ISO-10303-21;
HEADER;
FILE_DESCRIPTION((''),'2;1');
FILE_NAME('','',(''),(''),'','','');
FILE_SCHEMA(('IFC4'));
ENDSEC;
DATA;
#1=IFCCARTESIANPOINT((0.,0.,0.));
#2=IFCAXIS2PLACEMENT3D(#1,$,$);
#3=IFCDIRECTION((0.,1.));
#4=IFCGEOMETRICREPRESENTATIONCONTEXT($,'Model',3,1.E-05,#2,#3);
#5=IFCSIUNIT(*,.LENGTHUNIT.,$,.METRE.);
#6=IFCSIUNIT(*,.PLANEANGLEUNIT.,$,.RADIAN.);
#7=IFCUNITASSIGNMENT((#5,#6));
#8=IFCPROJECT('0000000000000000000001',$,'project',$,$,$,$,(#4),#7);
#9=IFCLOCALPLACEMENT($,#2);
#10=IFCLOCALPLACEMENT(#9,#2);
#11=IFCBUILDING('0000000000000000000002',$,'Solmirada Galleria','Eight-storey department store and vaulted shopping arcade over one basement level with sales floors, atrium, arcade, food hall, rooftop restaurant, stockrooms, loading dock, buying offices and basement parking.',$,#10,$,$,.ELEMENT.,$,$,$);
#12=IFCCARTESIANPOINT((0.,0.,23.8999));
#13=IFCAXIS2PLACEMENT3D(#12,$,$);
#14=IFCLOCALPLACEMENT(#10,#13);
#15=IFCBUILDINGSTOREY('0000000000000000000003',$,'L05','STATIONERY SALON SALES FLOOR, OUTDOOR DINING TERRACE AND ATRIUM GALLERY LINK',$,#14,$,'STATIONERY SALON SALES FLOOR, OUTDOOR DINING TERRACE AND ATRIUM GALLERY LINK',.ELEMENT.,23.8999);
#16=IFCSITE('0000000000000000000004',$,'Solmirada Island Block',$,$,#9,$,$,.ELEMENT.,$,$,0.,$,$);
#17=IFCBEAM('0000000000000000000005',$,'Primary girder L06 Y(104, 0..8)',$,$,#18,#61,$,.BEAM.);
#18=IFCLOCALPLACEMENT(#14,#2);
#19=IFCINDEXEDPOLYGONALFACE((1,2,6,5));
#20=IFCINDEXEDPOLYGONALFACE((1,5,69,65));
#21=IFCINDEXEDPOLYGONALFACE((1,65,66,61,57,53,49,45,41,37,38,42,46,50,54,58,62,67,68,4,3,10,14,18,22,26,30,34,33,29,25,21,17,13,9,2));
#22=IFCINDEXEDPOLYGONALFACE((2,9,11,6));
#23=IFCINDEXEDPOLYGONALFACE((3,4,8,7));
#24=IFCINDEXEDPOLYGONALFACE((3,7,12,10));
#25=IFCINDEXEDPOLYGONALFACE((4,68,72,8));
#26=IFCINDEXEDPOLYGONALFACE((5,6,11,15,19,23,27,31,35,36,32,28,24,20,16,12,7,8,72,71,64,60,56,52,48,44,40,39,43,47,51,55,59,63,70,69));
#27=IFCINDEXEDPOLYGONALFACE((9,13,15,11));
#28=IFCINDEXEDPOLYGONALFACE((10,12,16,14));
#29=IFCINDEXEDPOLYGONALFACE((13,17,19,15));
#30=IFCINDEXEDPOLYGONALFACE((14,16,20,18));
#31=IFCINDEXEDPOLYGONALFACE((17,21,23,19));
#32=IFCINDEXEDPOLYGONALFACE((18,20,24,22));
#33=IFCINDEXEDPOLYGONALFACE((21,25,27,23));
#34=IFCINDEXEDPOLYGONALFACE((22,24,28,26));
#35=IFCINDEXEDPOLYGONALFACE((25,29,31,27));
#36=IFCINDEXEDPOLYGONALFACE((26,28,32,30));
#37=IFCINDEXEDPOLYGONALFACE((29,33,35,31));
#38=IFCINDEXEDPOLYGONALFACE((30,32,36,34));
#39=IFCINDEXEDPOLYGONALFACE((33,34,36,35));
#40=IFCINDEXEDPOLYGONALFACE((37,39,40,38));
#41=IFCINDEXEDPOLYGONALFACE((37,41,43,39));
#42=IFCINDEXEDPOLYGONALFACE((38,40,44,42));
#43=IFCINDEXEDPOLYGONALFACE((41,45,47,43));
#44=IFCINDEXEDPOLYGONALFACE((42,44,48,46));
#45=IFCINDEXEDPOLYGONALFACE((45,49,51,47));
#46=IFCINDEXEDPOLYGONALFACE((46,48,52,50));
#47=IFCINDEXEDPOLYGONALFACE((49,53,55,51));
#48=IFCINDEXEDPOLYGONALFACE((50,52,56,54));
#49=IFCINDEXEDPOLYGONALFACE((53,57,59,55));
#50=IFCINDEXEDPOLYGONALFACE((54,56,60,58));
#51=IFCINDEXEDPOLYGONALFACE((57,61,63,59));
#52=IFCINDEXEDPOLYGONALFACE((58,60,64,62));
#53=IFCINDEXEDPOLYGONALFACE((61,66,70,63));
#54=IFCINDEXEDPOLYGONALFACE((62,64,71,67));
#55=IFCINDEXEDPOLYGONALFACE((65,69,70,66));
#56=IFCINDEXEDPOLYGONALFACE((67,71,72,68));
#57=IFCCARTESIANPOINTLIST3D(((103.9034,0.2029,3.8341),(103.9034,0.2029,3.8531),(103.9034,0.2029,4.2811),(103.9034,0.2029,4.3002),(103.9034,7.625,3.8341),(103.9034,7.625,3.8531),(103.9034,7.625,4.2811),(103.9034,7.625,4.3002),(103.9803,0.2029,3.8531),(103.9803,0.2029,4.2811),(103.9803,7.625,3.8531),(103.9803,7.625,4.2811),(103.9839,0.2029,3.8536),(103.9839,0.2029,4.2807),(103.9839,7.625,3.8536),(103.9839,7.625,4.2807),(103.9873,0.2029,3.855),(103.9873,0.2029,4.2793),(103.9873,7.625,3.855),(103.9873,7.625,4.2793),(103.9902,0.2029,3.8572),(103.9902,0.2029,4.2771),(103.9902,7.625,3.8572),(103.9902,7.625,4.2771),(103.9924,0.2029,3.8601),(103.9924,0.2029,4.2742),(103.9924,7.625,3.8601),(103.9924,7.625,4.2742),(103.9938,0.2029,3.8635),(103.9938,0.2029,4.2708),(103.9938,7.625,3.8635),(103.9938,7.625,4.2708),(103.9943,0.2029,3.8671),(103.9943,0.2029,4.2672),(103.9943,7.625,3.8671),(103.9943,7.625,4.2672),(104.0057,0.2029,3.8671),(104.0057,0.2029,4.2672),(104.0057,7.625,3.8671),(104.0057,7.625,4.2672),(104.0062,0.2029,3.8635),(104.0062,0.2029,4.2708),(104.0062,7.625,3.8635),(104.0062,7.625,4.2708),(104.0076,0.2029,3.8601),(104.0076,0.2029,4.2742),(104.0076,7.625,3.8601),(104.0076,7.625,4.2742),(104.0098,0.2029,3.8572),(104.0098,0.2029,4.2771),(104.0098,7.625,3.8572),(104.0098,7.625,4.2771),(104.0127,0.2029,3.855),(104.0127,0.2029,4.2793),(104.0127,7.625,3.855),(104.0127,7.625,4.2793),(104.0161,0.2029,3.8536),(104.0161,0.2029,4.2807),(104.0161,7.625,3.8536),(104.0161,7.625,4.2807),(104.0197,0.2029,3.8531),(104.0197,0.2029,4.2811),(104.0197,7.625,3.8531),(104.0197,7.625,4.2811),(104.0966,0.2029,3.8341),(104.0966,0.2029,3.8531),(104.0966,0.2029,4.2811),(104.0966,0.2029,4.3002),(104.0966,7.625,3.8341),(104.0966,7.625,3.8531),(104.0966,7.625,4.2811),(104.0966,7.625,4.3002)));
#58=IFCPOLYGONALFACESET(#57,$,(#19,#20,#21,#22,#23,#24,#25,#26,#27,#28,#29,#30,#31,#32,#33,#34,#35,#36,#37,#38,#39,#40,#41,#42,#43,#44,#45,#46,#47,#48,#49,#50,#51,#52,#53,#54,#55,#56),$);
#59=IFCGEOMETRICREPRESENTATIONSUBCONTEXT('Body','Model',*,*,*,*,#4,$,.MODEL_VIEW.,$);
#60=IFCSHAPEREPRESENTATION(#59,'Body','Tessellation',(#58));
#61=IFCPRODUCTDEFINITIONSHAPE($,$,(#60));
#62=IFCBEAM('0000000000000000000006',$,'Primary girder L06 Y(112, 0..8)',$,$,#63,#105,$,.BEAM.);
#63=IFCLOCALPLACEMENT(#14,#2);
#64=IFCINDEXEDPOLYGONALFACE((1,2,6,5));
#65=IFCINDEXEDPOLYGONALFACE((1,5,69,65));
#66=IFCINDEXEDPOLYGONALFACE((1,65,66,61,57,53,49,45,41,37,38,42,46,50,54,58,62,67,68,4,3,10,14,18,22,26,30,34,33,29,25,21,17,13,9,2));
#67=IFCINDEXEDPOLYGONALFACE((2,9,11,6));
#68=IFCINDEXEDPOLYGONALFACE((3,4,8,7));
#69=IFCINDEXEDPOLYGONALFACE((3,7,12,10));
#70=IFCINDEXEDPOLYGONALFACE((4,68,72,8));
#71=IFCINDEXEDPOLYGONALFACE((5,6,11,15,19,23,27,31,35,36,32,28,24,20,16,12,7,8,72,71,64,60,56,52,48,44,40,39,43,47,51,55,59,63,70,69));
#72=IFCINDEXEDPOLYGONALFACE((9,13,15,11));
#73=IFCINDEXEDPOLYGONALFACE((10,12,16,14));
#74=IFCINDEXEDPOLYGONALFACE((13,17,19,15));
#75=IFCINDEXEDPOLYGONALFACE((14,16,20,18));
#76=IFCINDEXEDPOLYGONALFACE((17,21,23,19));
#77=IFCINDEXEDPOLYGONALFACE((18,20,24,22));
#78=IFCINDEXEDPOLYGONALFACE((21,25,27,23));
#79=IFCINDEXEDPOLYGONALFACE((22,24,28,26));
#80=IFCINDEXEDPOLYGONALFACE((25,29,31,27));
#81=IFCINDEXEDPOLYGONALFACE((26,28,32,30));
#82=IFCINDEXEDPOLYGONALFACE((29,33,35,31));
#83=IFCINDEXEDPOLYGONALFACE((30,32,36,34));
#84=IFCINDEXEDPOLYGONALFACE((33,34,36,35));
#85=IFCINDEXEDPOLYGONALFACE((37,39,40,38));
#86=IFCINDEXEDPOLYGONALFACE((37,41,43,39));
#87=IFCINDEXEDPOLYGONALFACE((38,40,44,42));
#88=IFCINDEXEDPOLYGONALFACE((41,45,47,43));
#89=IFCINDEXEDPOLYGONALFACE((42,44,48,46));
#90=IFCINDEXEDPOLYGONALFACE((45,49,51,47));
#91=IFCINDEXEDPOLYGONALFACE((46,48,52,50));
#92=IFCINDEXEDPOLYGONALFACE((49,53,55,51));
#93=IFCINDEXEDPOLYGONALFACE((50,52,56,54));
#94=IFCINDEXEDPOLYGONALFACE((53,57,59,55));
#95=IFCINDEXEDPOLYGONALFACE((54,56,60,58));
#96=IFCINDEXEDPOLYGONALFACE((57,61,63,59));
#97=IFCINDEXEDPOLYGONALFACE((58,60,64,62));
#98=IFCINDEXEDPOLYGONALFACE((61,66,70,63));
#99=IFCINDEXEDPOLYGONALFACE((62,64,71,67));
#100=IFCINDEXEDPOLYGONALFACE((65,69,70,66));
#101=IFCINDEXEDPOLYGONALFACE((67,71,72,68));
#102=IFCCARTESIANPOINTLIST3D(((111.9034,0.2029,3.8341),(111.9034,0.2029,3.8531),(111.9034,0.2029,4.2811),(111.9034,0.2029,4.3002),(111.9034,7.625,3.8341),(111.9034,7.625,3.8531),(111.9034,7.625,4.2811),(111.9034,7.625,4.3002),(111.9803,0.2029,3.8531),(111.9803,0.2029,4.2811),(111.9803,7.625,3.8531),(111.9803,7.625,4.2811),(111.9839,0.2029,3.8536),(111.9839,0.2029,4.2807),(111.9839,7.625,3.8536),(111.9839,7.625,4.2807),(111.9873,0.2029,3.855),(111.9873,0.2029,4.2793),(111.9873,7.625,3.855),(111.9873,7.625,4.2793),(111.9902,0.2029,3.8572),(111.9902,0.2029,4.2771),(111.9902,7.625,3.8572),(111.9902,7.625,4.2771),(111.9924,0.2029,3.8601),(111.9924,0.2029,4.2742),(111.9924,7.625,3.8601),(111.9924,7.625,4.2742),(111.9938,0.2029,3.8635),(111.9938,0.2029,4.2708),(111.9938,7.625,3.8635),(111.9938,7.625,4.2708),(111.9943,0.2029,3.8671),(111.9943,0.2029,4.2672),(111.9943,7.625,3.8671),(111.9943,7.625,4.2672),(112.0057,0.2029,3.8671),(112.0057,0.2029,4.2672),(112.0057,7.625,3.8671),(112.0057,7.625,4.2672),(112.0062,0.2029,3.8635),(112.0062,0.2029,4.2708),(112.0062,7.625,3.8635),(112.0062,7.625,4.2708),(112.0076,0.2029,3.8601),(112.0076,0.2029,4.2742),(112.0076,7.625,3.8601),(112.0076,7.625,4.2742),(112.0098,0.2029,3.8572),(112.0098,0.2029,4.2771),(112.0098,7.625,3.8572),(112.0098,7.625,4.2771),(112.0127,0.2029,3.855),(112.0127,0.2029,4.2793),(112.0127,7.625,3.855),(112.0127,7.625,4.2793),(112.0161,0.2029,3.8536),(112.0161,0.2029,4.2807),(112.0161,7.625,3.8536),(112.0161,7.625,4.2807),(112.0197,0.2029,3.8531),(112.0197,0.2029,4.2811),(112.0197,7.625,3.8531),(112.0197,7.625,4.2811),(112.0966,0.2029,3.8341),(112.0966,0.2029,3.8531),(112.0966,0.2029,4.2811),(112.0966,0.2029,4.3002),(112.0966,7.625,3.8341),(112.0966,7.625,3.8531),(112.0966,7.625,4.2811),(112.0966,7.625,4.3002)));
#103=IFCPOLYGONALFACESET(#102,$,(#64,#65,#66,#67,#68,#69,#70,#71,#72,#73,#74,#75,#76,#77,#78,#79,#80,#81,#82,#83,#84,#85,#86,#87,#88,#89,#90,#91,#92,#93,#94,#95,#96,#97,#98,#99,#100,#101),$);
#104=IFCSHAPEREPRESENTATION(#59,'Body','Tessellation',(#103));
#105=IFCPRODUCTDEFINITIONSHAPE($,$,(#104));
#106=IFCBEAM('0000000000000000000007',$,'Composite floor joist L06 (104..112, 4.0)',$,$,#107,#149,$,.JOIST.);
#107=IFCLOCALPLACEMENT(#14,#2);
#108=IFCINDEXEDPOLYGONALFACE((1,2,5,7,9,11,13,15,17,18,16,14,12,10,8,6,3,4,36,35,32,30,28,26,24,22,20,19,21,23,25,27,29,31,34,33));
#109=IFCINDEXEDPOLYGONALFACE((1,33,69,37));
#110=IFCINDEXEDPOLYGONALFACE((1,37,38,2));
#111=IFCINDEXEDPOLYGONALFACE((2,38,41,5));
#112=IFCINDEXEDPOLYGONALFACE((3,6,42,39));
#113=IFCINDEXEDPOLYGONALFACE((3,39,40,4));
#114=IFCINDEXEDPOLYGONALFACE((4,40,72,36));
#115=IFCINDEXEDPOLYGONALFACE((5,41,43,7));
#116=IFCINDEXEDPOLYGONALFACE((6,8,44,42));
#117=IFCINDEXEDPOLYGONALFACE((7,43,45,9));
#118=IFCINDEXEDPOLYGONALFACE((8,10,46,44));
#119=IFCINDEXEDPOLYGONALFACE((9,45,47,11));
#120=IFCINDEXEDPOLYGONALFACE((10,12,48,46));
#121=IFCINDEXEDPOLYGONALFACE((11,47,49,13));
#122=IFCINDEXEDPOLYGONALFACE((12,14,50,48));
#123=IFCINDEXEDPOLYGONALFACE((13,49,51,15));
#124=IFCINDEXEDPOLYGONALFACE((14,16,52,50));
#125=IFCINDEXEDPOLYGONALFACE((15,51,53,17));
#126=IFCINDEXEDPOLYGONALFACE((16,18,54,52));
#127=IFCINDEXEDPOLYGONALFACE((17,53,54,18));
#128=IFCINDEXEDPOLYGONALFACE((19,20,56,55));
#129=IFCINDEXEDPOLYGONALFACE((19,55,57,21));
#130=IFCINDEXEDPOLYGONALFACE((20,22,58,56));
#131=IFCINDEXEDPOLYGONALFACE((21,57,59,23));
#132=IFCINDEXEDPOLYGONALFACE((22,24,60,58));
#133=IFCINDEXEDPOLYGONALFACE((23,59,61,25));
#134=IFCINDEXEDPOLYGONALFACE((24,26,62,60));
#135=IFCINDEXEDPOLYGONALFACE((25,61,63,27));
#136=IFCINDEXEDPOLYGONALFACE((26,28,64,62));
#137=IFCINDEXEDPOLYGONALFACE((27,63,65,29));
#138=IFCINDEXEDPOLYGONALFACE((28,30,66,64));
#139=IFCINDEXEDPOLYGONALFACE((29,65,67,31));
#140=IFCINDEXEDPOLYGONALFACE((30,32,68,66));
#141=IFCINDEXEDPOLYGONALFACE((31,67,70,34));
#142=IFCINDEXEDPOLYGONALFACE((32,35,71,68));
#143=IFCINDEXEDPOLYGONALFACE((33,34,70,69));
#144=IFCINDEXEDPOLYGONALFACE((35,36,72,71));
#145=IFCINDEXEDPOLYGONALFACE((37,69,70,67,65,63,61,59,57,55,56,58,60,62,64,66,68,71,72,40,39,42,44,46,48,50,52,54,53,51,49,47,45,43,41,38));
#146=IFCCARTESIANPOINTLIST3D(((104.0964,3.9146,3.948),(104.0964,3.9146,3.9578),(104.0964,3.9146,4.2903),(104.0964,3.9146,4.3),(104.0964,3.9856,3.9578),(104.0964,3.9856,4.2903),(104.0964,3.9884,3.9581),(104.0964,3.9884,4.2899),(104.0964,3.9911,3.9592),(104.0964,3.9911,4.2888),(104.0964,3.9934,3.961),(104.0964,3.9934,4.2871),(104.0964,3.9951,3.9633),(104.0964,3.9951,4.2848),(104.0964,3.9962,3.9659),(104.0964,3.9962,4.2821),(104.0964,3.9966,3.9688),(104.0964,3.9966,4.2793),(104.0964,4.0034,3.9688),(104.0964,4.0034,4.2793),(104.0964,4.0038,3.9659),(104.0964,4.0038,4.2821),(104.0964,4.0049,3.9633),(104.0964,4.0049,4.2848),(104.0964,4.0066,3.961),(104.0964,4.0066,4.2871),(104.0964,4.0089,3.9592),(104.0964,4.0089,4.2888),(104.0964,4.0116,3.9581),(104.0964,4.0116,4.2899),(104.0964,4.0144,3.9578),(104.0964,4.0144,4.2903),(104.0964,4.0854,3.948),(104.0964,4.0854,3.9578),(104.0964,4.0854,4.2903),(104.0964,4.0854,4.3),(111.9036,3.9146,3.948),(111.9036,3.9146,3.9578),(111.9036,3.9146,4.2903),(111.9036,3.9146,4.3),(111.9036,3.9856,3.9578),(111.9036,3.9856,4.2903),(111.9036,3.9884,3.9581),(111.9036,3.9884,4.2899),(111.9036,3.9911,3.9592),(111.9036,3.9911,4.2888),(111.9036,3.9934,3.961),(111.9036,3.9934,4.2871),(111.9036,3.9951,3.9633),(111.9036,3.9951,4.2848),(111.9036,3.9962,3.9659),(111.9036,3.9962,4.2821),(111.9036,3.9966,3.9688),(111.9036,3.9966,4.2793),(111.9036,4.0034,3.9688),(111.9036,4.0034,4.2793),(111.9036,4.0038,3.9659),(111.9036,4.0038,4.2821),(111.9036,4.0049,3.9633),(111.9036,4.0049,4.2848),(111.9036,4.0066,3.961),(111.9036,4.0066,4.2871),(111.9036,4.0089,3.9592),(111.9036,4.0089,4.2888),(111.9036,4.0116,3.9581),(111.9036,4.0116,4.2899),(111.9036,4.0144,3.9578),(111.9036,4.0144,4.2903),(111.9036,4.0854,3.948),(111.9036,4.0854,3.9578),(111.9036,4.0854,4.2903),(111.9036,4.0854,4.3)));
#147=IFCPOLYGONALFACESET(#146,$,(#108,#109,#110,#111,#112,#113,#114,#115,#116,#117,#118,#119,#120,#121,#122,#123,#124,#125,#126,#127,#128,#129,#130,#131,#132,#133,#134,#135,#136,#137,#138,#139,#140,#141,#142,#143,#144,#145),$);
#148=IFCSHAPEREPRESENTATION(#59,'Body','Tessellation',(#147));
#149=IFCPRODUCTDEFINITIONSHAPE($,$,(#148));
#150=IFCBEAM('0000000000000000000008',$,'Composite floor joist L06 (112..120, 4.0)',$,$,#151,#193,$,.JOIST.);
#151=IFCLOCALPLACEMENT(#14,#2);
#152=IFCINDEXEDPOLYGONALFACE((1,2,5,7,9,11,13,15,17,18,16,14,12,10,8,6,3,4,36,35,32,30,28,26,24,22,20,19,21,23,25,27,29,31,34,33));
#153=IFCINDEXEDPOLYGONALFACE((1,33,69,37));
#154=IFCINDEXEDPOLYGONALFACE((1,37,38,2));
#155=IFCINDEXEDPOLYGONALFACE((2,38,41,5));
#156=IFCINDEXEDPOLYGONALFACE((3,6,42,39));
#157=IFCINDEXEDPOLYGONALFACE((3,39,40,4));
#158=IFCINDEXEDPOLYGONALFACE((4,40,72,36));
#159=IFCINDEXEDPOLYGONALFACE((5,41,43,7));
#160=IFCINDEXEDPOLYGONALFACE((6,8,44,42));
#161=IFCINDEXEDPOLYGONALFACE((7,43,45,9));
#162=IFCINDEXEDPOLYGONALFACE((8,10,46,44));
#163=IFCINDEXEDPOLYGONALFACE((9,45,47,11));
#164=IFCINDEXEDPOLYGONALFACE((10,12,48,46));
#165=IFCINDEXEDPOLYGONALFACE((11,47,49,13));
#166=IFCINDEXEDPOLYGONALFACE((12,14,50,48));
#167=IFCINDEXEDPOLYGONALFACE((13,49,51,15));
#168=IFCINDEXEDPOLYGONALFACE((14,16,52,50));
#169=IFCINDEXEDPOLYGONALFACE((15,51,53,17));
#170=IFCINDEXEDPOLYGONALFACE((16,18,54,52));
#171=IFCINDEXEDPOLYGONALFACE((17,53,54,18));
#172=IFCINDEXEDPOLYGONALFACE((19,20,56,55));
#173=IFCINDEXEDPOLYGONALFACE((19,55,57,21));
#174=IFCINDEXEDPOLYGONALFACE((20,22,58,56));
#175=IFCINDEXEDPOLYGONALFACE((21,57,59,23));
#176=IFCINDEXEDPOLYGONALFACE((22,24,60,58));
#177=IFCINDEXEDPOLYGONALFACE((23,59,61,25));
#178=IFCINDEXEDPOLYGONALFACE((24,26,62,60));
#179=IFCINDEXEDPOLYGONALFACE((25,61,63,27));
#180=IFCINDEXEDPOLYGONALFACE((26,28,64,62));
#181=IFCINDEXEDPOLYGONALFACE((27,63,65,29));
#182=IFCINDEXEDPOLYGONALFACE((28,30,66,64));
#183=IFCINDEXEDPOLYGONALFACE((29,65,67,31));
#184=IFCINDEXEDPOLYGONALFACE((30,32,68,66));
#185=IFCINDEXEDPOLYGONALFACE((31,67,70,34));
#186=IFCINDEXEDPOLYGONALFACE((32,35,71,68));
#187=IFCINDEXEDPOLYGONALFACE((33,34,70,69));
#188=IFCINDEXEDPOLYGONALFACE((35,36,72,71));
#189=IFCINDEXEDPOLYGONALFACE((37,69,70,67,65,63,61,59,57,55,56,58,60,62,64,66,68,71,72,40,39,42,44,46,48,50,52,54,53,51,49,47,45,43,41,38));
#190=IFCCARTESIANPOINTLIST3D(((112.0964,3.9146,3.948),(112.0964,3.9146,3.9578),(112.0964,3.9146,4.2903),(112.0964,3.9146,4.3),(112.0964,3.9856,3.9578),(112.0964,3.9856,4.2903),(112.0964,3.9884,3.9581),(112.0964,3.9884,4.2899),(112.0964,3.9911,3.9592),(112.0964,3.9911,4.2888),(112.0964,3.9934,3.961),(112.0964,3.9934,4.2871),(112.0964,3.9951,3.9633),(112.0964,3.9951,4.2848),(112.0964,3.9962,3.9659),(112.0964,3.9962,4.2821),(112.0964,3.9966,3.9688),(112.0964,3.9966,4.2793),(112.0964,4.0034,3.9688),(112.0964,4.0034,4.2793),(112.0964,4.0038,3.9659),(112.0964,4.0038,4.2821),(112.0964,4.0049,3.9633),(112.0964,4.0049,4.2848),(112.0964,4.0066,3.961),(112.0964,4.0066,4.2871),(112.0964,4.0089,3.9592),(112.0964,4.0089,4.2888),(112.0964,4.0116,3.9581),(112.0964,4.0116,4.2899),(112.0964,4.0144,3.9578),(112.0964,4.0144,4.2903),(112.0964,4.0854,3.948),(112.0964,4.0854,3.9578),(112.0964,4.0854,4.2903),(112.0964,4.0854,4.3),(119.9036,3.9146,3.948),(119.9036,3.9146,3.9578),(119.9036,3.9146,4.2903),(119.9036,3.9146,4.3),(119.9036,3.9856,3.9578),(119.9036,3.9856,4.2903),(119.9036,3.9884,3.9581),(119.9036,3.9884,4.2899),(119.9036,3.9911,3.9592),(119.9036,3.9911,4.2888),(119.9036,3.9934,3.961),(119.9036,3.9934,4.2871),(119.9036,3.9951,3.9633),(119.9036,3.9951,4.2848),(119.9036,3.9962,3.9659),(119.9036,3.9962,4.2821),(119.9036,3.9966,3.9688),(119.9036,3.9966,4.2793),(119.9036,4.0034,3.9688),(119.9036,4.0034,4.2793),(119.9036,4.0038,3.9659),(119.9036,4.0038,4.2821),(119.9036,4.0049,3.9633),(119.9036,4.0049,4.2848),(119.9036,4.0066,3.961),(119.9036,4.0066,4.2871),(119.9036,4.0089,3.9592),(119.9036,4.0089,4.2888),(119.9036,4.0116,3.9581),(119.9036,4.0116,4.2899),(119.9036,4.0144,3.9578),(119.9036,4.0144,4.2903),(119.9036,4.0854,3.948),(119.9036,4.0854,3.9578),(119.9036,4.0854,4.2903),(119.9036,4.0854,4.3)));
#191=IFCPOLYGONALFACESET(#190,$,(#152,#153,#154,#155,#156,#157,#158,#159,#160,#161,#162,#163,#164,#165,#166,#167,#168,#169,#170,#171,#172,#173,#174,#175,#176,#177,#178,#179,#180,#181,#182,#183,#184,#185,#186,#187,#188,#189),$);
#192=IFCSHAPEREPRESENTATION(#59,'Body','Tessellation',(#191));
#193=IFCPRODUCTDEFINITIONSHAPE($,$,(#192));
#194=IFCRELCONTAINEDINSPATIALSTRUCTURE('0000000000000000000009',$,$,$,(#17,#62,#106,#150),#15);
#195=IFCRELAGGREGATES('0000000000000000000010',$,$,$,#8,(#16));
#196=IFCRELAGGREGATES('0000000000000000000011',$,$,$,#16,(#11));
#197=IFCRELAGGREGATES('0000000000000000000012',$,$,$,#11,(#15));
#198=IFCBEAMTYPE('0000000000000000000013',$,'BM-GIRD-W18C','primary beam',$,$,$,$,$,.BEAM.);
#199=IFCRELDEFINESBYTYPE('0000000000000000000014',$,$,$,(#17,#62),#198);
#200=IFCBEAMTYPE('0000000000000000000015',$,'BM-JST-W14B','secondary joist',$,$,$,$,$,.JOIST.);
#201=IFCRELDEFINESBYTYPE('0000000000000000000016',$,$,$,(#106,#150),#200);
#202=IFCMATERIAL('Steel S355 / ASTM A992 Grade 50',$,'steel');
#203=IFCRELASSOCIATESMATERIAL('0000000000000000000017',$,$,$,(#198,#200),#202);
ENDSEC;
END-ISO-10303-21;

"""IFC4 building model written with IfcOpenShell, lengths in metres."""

from ifc_helpers import new_model, si_unit, direction, frame, origin, origin_2d, place, context, subcontext, project, spatial, i_section, extrude, material, material_profile, profile_set, type_object, element, save


model = new_model("IFC4")

# Units and contexts
model_context = context("Model", 3, precision=1e-05, world=origin(), true_north=direction((0.0, 1.0)))
body_context = subcontext(model_context, "Body", "Model", "MODEL_VIEW")
ifc_project = project(units=[si_unit("LENGTHUNIT", "METRE"), si_unit("PLANEANGLEUNIT", "RADIAN")], contexts=[model_context])

# Site, building, storey
site_placement = place(None, origin())
site = spatial("IfcSite", under=ifc_project, at=site_placement, Name="Solmirada Island Block", CompositionType="ELEMENT", RefElevation=0.0)
building_placement = place(site_placement, origin())
building = spatial("IfcBuilding", under=site, at=building_placement, Name="Solmirada Galleria", Description="Eight-storey department store and vaulted shopping arcade over one basement level with sales floors, atrium, arcade, food hall, rooftop restaurant, stockrooms, loading dock, buying offices and basement parking.", CompositionType="ELEMENT")
storey_placement = place(building_placement, frame((0.0, 0.0, 23.8999)))
storey = spatial("IfcBuildingStorey", under=building, at=storey_placement, Name="L05", Description="STATIONERY SALON SALES FLOOR, OUTDOOR DINING TERRACE AND ATRIUM GALLERY LINK", LongName="STATIONERY SALON SALES FLOOR, OUTDOOR DINING TERRACE AND ATRIUM GALLERY LINK", CompositionType="ELEMENT", Elevation=23.8999)

# Beams
ifc_material_1 = material(Name="Steel S355 / ASTM A992 Grade 50", Category="steel")
ifc_material_profile_1 = material_profile(ifc_material_1, i_section(OverallWidth=0.1931, OverallDepth=0.4661, WebThickness=0.0115, FlangeThickness=0.019, FilletRadius=0.0139, at=origin_2d()), Name="W18X65")
ifc_profile_set_1 = profile_set([ifc_material_profile_1], Name="Steel S355 / ASTM A992 Grade 50")
beam_type_1 = type_object("IfcBeamType", Name="BM-GIRD-W18C", Description="primary beam", PredefinedType="BEAM", material=ifc_profile_set_1)
for number, where, z_axis, x_axis, name in (
    (1, (104.0, 0.2029, 4.0671), (0.0, 1.0, 0.0), (-1.0, 0.0, 0.0), "Primary girder L06 Y(104, 0..8)"),
    (2, (112.0, 0.2029, 4.0671), (0.0, 1.0, 0.0), (-1.0, 0.0, 0.0), "Primary girder L06 Y(112, 0..8)"),
):
    element("IfcBeam", number, at=place(storey_placement, frame(where, z_axis=z_axis, x_axis=x_axis)), inside=storey, type_object=beam_type_1, Name=name, PredefinedType="BEAM", context=body_context, shape_type="SweptSolid", body=[
        extrude(i_section(OverallWidth=0.1931, OverallDepth=0.4661, WebThickness=0.0115, FlangeThickness=0.019, FilletRadius=0.0139, at=origin_2d()), origin(), (0.0, 0.0, 1.0), 7.4221),
    ])
ifc_material_profile_2 = material_profile(ifc_material_1, i_section(OverallWidth=0.1709, OverallDepth=0.3521, WebThickness=0.0068, FlangeThickness=0.0098, FilletRadius=0.011, at=origin_2d()), Name="W14X30")
ifc_profile_set_2 = profile_set([ifc_material_profile_2], Name="Steel S355 / ASTM A992 Grade 50")
beam_type_2 = type_object("IfcBeamType", Name="BM-JST-W14B", Description="secondary joist", PredefinedType="JOIST", material=ifc_profile_set_2)
for number, where, z_axis, x_axis, name in (
    (3, (104.0964, 4.0, 4.124), (1.0, 0.0, 0.0), (0.0, 1.0, 0.0), "Composite floor joist L06 (104..112, 4.0)"),
    (4, (112.0964, 4.0, 4.124), (1.0, 0.0, 0.0), (0.0, 1.0, 0.0), "Composite floor joist L06 (112..120, 4.0)"),
):
    element("IfcBeam", number, at=place(storey_placement, frame(where, z_axis=z_axis, x_axis=x_axis)), inside=storey, type_object=beam_type_2, Name=name, PredefinedType="JOIST", context=body_context, shape_type="SweptSolid", body=[
        extrude(i_section(OverallWidth=0.1709, OverallDepth=0.3521, WebThickness=0.0068, FlangeThickness=0.0098, FilletRadius=0.011, at=origin_2d()), origin(), (0.0, 0.0, 1.0), 7.8071),
    ])

save(model, "model.ifc")
